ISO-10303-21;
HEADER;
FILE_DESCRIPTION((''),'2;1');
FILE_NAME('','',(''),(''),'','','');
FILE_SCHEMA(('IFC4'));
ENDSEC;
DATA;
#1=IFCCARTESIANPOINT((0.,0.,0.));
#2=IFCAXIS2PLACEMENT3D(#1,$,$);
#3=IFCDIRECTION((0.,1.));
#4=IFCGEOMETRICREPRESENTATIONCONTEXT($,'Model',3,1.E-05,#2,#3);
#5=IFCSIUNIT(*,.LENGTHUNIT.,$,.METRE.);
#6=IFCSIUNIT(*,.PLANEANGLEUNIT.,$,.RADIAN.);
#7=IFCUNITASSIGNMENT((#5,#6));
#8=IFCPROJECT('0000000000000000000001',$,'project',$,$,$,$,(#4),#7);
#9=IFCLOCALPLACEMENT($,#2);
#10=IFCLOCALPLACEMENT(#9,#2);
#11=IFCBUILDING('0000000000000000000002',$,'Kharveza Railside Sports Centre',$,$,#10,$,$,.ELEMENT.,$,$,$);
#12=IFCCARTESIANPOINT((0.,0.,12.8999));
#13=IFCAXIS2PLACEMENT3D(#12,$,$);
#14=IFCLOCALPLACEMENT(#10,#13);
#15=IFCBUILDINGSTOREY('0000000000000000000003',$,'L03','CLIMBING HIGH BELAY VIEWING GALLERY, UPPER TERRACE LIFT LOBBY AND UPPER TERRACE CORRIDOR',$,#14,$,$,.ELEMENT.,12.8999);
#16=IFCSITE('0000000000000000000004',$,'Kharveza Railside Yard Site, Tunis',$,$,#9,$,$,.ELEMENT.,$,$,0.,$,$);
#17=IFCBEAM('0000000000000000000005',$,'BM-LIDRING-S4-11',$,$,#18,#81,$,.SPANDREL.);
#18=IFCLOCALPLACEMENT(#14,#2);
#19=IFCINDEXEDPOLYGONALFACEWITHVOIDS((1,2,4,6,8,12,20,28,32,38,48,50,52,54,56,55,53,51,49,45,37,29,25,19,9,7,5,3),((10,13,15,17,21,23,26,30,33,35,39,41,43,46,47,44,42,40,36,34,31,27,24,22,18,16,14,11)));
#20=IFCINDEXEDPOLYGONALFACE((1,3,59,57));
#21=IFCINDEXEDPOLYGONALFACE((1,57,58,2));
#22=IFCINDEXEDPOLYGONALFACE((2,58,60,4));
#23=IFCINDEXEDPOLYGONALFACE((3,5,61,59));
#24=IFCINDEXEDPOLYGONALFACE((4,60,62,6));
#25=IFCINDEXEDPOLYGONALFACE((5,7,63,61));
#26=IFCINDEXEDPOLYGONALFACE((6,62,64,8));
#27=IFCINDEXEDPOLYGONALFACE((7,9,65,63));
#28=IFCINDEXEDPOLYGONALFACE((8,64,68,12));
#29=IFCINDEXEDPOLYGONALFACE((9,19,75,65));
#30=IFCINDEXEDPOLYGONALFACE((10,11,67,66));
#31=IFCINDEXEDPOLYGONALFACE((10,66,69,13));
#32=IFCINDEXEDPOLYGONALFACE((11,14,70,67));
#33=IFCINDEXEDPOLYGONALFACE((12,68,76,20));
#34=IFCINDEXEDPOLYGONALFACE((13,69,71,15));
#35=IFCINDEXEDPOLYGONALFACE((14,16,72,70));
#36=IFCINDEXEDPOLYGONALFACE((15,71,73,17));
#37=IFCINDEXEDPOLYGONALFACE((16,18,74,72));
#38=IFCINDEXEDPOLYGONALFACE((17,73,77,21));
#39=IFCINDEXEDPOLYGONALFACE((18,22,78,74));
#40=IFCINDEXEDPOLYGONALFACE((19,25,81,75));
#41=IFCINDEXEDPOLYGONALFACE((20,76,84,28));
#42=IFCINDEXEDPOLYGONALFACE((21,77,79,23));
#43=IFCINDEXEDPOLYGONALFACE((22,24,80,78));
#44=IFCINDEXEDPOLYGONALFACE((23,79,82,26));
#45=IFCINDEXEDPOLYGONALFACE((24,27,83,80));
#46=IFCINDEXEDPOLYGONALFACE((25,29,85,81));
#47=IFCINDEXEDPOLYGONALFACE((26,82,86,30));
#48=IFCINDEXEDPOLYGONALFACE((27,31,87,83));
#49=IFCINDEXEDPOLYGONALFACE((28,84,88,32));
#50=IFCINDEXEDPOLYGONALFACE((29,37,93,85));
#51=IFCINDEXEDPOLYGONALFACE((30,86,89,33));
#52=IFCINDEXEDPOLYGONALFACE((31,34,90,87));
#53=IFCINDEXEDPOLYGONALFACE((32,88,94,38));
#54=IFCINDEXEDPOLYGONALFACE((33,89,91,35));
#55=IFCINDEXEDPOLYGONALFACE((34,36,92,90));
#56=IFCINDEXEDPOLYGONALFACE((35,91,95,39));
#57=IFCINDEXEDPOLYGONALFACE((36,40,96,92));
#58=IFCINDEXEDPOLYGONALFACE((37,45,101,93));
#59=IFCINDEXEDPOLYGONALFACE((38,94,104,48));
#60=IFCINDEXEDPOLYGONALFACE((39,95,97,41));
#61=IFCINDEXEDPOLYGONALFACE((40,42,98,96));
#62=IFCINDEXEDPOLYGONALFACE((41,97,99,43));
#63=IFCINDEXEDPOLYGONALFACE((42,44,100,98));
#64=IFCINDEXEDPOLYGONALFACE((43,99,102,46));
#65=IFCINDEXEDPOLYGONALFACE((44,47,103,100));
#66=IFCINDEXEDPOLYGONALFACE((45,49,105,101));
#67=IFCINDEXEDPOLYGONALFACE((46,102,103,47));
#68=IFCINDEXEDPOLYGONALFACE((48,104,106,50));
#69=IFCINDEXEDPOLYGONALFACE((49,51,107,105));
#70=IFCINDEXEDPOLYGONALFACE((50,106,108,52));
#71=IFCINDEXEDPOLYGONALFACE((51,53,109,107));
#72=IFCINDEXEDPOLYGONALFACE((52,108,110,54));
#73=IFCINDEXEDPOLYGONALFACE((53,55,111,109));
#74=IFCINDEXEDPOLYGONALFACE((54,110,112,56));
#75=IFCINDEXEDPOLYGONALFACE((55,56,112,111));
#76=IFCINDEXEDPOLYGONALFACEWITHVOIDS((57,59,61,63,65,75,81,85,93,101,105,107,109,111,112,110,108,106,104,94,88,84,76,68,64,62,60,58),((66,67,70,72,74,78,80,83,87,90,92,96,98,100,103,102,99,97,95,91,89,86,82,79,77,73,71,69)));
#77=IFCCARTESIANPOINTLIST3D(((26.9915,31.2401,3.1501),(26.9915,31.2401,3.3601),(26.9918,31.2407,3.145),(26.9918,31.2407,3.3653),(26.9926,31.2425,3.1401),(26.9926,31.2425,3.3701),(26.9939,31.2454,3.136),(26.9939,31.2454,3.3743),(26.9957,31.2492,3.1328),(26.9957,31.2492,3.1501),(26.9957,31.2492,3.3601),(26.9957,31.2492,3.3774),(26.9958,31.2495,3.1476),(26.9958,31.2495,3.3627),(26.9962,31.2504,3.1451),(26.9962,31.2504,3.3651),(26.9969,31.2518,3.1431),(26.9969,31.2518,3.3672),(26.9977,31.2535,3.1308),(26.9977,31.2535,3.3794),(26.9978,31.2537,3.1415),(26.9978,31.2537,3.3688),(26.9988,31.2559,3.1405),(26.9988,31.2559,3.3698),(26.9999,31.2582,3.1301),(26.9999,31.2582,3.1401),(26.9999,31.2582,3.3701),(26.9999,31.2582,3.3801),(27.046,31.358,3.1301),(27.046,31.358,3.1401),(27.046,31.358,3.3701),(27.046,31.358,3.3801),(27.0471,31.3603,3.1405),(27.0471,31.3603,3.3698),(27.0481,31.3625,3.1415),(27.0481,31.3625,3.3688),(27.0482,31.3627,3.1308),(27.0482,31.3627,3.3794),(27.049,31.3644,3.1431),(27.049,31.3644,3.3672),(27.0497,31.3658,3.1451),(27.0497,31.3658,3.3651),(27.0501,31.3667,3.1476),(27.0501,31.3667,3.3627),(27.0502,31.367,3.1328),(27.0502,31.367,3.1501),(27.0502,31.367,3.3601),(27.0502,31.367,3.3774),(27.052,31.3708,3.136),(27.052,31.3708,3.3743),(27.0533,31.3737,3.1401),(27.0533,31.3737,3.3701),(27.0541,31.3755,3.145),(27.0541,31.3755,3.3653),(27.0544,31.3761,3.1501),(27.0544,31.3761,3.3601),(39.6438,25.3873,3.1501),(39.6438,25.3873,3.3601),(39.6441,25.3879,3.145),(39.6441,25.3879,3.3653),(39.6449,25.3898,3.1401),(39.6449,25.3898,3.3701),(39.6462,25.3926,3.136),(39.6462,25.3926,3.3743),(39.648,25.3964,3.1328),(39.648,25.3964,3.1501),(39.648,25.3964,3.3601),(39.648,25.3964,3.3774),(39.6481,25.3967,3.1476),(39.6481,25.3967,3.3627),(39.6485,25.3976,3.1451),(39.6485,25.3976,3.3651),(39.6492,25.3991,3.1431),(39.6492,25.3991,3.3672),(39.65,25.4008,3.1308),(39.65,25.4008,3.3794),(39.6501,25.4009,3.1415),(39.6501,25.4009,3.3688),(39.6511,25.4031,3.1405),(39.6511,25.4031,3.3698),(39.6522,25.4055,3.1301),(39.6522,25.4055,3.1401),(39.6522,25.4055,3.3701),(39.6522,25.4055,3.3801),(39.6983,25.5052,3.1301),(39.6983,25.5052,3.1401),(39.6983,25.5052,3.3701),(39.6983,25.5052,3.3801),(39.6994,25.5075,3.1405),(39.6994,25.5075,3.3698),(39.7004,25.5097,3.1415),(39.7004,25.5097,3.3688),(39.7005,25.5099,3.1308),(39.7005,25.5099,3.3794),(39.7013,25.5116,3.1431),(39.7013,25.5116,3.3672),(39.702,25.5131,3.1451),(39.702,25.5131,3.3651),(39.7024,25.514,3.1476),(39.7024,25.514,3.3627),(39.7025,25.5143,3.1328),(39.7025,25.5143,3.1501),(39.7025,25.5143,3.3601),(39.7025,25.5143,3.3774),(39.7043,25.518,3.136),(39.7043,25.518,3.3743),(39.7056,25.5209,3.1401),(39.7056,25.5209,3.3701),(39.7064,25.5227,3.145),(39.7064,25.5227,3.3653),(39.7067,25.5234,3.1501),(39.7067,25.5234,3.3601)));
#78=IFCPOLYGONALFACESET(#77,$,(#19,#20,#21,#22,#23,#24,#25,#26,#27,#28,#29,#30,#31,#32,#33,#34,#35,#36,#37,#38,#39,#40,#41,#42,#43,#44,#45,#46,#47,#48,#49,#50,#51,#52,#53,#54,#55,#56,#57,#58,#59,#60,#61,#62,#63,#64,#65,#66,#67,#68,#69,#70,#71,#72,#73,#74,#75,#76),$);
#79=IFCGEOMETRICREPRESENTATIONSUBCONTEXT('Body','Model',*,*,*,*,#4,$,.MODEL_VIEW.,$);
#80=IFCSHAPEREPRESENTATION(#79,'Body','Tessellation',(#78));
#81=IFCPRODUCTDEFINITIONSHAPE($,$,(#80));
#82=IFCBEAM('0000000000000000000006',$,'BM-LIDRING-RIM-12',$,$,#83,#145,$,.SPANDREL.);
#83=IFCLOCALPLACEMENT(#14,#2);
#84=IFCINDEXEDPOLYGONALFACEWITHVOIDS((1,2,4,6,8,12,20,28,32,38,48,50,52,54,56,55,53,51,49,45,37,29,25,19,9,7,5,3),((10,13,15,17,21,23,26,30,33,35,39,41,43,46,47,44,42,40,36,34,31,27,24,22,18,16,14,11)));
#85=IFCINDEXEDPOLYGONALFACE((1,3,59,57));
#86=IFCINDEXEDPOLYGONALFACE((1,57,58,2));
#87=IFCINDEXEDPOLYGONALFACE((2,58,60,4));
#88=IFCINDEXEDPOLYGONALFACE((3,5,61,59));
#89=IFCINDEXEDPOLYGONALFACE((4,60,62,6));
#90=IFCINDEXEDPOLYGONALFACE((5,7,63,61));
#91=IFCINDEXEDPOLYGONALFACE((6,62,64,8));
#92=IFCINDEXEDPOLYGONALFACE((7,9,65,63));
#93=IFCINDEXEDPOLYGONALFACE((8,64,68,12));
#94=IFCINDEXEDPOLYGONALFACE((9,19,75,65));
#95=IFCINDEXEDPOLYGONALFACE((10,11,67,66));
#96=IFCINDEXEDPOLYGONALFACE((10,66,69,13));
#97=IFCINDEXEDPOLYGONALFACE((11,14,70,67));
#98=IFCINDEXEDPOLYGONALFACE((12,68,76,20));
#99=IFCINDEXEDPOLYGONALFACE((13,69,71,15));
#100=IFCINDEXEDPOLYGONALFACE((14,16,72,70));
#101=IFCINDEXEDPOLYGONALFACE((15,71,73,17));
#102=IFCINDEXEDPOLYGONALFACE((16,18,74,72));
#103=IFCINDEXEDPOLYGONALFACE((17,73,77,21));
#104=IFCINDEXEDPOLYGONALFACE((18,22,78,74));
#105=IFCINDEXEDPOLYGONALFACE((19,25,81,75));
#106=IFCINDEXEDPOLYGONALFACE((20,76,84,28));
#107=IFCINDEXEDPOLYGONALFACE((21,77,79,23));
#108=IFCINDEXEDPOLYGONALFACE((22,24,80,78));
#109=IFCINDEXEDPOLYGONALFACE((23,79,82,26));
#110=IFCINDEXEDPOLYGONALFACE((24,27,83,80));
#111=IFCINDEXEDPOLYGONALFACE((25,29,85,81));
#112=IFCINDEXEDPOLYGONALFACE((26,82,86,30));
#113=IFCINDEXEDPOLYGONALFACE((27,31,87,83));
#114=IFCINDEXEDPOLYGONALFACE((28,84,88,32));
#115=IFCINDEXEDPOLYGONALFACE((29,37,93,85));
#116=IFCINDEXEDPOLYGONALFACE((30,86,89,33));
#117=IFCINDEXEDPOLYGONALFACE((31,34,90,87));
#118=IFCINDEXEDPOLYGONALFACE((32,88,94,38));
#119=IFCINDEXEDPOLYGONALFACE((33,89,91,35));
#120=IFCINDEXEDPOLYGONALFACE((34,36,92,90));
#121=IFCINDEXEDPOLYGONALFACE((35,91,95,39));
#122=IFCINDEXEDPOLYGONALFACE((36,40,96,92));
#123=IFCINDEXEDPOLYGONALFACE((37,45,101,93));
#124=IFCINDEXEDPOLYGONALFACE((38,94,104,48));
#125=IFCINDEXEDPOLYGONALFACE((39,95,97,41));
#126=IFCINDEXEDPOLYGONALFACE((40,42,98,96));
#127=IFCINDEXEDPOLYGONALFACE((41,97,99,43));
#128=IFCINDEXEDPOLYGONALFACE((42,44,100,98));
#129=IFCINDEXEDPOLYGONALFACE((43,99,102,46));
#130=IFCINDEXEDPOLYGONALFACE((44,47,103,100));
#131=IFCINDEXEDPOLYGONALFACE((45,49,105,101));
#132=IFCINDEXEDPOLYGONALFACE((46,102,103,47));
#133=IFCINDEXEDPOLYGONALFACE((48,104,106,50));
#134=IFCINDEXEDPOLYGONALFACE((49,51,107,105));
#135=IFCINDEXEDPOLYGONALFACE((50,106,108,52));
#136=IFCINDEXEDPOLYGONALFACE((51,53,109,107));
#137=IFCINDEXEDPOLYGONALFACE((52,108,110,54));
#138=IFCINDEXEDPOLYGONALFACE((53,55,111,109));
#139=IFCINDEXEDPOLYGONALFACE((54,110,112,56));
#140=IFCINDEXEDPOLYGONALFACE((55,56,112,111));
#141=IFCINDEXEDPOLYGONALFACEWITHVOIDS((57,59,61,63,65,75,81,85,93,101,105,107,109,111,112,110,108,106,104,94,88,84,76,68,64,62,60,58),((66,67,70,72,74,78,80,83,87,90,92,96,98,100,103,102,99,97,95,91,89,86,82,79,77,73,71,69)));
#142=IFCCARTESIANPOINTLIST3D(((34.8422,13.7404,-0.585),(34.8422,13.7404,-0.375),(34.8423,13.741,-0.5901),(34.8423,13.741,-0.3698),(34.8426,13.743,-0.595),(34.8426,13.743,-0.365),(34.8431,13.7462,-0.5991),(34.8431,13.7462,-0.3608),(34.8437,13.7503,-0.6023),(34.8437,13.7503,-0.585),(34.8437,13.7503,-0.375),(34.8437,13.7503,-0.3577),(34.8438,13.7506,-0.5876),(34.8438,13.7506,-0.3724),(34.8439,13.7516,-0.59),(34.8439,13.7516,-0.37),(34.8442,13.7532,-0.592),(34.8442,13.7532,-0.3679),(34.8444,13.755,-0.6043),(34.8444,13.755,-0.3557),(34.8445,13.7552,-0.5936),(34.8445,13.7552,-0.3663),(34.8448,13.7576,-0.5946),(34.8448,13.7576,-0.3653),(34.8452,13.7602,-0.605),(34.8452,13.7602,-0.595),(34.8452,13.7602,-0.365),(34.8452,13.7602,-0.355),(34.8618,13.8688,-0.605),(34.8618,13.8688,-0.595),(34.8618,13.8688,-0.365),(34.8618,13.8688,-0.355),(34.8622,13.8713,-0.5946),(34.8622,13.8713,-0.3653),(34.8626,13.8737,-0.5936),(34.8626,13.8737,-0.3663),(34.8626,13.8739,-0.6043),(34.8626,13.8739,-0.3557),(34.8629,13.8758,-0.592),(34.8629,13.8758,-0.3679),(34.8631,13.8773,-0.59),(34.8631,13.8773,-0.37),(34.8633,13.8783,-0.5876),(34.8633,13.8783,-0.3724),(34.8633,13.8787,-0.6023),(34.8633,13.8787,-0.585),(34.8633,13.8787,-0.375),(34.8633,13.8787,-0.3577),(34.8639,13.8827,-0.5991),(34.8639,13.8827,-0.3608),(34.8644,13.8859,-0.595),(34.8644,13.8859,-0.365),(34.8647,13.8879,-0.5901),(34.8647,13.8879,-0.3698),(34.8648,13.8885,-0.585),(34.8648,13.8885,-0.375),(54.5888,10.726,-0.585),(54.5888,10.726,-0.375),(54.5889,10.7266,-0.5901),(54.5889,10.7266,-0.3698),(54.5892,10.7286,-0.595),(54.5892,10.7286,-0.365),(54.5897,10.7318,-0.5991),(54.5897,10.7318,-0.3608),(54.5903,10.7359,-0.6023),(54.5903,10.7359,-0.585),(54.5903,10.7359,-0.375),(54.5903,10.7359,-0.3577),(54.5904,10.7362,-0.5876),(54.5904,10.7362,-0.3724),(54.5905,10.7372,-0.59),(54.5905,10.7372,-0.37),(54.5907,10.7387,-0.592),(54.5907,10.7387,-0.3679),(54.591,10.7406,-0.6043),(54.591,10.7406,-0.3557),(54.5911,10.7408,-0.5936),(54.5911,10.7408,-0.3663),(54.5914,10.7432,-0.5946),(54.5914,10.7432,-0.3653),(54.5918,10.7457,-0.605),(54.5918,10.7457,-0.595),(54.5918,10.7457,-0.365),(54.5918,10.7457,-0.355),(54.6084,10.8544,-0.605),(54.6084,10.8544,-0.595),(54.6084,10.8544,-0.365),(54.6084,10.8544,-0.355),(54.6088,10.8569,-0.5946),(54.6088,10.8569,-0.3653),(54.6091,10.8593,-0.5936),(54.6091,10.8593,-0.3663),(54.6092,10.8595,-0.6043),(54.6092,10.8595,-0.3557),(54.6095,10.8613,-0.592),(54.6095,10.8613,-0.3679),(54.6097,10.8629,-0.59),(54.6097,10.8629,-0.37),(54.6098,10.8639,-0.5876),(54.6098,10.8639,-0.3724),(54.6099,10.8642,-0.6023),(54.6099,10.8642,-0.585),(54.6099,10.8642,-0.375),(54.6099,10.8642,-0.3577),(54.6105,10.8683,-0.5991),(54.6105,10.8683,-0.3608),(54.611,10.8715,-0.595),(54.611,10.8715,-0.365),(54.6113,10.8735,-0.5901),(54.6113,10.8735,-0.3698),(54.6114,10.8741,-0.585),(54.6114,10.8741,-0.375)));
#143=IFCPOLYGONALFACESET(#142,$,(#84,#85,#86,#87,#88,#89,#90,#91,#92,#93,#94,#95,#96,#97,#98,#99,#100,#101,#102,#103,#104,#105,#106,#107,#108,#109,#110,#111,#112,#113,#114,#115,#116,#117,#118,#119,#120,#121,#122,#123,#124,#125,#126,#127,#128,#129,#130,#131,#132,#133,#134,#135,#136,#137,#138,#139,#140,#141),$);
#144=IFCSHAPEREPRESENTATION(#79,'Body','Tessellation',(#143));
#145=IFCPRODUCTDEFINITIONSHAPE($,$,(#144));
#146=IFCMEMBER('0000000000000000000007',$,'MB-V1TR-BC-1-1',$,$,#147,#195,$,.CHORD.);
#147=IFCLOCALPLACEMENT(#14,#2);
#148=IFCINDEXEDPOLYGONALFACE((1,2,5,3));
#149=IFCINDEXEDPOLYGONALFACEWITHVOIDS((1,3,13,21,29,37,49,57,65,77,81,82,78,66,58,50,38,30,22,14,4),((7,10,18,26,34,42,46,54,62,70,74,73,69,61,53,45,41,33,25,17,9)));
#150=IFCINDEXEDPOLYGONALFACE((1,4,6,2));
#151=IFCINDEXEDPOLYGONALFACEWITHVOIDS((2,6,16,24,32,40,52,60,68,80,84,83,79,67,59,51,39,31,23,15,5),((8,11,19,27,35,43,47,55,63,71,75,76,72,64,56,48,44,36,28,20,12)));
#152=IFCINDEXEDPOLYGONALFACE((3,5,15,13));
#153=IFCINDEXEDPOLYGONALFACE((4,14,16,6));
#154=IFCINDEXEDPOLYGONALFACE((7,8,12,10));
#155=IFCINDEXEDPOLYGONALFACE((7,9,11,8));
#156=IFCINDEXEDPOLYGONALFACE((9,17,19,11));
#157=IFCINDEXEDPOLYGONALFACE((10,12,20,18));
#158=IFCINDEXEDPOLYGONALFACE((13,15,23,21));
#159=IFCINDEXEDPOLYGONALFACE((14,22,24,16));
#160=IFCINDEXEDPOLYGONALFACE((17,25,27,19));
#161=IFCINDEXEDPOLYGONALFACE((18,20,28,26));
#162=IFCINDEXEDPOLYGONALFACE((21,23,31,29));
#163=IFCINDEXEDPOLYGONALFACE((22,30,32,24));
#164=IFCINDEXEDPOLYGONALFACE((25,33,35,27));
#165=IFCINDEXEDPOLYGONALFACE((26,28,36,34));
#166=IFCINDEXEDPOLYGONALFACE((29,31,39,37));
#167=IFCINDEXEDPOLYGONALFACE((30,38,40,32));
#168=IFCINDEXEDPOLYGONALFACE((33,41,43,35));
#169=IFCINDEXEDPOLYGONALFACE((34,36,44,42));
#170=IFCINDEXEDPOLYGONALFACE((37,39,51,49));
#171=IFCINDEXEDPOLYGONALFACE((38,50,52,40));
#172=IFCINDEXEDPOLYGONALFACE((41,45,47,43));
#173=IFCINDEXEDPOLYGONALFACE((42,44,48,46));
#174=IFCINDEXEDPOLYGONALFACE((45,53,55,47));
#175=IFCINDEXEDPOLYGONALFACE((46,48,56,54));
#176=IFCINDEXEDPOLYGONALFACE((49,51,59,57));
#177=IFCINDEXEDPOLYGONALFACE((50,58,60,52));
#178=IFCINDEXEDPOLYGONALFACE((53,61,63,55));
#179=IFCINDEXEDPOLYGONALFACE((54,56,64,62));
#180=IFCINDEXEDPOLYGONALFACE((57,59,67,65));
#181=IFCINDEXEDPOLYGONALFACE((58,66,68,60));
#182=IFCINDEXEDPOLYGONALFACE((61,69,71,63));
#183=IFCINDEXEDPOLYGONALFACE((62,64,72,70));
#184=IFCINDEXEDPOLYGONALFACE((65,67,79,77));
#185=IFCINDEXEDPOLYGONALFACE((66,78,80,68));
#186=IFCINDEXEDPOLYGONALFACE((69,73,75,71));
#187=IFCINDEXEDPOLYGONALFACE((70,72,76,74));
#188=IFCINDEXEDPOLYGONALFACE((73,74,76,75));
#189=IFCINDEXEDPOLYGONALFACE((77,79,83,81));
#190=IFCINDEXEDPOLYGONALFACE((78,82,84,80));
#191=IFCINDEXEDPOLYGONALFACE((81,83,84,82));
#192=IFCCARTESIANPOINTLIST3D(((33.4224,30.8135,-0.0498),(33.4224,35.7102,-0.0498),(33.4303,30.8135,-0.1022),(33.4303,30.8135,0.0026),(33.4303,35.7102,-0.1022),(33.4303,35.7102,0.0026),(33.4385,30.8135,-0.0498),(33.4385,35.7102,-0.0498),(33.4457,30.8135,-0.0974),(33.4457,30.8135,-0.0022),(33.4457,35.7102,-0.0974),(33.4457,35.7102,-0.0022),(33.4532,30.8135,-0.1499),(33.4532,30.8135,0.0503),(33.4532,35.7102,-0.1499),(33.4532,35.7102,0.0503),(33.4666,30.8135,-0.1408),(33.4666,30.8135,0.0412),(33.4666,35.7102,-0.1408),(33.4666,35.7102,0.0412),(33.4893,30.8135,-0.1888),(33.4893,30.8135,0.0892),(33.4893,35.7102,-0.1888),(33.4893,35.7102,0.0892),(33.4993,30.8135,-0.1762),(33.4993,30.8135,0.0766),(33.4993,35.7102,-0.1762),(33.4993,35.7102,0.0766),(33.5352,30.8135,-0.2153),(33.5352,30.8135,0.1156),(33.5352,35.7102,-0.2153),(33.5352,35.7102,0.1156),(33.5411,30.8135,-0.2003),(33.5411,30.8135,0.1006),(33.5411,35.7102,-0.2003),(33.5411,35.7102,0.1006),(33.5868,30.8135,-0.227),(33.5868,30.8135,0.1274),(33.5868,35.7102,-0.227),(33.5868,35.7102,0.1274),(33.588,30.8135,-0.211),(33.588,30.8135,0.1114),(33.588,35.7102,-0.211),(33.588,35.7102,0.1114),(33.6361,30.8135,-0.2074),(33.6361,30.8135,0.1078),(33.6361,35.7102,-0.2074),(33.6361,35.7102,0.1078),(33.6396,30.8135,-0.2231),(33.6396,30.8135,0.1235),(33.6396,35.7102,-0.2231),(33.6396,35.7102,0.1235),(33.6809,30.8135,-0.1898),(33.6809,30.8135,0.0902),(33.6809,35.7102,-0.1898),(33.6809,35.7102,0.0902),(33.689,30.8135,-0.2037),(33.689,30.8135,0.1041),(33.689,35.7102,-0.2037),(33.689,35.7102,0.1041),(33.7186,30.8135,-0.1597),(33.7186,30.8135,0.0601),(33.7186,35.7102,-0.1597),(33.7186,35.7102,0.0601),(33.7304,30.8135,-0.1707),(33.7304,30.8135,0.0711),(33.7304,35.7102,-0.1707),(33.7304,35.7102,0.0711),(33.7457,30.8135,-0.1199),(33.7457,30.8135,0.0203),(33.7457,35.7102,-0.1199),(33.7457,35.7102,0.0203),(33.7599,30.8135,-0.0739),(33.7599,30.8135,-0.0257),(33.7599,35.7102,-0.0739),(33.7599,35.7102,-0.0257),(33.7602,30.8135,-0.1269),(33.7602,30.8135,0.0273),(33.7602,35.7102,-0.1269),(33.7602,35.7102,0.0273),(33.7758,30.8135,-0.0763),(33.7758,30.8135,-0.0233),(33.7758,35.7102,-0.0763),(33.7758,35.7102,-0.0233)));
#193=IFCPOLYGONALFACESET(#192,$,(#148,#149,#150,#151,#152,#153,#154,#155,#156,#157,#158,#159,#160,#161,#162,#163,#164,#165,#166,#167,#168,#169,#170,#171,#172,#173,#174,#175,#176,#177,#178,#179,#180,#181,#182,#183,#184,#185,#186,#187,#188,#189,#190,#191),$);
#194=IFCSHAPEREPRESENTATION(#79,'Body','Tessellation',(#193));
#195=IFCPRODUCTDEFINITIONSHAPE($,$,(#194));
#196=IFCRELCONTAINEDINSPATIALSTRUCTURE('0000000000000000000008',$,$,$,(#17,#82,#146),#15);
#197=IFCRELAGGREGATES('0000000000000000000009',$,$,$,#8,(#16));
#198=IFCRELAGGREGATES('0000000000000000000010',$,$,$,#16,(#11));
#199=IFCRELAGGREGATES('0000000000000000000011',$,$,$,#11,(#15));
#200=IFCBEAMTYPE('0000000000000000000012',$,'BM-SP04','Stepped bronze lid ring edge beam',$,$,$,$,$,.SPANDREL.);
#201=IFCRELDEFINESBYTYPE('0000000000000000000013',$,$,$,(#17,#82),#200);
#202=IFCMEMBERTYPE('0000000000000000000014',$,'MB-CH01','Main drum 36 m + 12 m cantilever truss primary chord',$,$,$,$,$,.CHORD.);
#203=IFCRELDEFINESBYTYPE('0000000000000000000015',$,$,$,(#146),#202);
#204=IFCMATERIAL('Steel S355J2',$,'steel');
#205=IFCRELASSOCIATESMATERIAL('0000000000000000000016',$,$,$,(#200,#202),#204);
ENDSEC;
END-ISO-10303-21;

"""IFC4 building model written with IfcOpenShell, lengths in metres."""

from ifc_helpers import new_model, si_unit, direction, frame, origin, origin_2d, place, context, subcontext, project, spatial, hollow_rectangle, hollow_circle, extrude, material, material_profile, profile_set, type_object, element, save


model = new_model("IFC4")

# Units and contexts
model_context = context("Model", 3, precision=1e-05, world=origin(), true_north=direction((0.0, 1.0)))
body_context = subcontext(model_context, "Body", "Model", "MODEL_VIEW")
ifc_project = project(units=[si_unit("LENGTHUNIT", "METRE"), si_unit("PLANEANGLEUNIT", "RADIAN")], contexts=[model_context])

# Site, building, storey
site_placement = place(None, origin())
site = spatial("IfcSite", under=ifc_project, at=site_placement, Name="Kharveza Railside Yard Site, Tunis", CompositionType="ELEMENT", RefElevation=0.0)
building_placement = place(site_placement, origin())
building = spatial("IfcBuilding", under=site, at=building_placement, Name="Kharveza Railside Sports Centre", CompositionType="ELEMENT")
storey_placement = place(building_placement, frame((0.0, 0.0, 12.8999)))
storey = spatial("IfcBuildingStorey", under=building, at=storey_placement, Name="L03", Description="CLIMBING HIGH BELAY VIEWING GALLERY, UPPER TERRACE LIFT LOBBY AND UPPER TERRACE CORRIDOR", CompositionType="ELEMENT", Elevation=12.8999)

# Beams
ifc_material_1 = material(Name="Steel S355J2", Category="steel")
ifc_material_profile_1 = material_profile(ifc_material_1, hollow_rectangle(XDim=0.1499, YDim=0.25, WallThickness=0.01, InnerFilletRadius=0.01, OuterFilletRadius=0.02, at=origin_2d()), Name="RHS 150x250x10.0")
ifc_profile_set_1 = profile_set([ifc_material_profile_1], Name="Steel S355J2")
beam_type = type_object("IfcBeamType", Name="BM-SP04", Description="Stepped bronze lid ring edge beam", PredefinedType="SPANDREL", material=ifc_profile_set_1)
beam_1_placement = place(storey_placement, frame((27.0229, 31.3081, 3.2551), z_axis=(0.907598, -0.419841, 0.0), x_axis=(0.419841, 0.907598, 0.0)))
element("IfcBeam", 1, at=beam_1_placement, inside=storey, type_object=beam_type, Name="BM-LIDRING-S4-11", PredefinedType="SPANDREL", context=body_context, shape_type="SweptSolid", body=[
    extrude(hollow_rectangle(XDim=0.1499, YDim=0.25, WallThickness=0.01, InnerFilletRadius=0.01, OuterFilletRadius=0.02, at=origin_2d()), origin(), (0.0, 0.0, 1.0), 13.9404),
])
beam_2_placement = place(storey_placement, frame((34.8535, 13.8145, -0.48), z_axis=(0.988548, -0.150906, 0.0), x_axis=(0.150906, 0.988548, 0.0)))
element("IfcBeam", 2, at=beam_2_placement, inside=storey, type_object=beam_type, Name="BM-LIDRING-RIM-12", PredefinedType="SPANDREL", context=body_context, shape_type="SweptSolid", body=[
    extrude(hollow_rectangle(XDim=0.1499, YDim=0.25, WallThickness=0.01, InnerFilletRadius=0.01, OuterFilletRadius=0.02, at=origin_2d()), origin(), (0.0, 0.0, 1.0), 19.9753),
])

# Member
ifc_material_profile_2 = material_profile(ifc_material_1, hollow_circle(Radius=0.1777, WallThickness=0.0161, at=origin_2d()), Name="CHS 355.6x16.0")
ifc_profile_set_2 = profile_set([ifc_material_profile_2], Name="Steel S355J2")
member_type_1 = type_object("IfcMemberType", Name="MB-CH01", Description="Main drum 36 m + 12 m cantilever truss primary chord", PredefinedType="CHORD", material=ifc_profile_set_2)
member_1_placement = place(storey_placement, frame((33.6001, 30.8135, -0.0498), z_axis=(0.0, 1.0, 0.0), x_axis=(-1.0, 0.0, 0.0)))
element("IfcMember", 3, at=member_1_placement, inside=storey, type_object=member_type_1, Name="MB-V1TR-BC-1-1", PredefinedType="CHORD", context=body_context, shape_type="SweptSolid", body=[
    extrude(hollow_circle(Radius=0.1777, WallThickness=0.0161, at=origin_2d()), origin(), (0.0, 0.0, 1.0), 4.8967),
])

save(model, "model.ifc")
